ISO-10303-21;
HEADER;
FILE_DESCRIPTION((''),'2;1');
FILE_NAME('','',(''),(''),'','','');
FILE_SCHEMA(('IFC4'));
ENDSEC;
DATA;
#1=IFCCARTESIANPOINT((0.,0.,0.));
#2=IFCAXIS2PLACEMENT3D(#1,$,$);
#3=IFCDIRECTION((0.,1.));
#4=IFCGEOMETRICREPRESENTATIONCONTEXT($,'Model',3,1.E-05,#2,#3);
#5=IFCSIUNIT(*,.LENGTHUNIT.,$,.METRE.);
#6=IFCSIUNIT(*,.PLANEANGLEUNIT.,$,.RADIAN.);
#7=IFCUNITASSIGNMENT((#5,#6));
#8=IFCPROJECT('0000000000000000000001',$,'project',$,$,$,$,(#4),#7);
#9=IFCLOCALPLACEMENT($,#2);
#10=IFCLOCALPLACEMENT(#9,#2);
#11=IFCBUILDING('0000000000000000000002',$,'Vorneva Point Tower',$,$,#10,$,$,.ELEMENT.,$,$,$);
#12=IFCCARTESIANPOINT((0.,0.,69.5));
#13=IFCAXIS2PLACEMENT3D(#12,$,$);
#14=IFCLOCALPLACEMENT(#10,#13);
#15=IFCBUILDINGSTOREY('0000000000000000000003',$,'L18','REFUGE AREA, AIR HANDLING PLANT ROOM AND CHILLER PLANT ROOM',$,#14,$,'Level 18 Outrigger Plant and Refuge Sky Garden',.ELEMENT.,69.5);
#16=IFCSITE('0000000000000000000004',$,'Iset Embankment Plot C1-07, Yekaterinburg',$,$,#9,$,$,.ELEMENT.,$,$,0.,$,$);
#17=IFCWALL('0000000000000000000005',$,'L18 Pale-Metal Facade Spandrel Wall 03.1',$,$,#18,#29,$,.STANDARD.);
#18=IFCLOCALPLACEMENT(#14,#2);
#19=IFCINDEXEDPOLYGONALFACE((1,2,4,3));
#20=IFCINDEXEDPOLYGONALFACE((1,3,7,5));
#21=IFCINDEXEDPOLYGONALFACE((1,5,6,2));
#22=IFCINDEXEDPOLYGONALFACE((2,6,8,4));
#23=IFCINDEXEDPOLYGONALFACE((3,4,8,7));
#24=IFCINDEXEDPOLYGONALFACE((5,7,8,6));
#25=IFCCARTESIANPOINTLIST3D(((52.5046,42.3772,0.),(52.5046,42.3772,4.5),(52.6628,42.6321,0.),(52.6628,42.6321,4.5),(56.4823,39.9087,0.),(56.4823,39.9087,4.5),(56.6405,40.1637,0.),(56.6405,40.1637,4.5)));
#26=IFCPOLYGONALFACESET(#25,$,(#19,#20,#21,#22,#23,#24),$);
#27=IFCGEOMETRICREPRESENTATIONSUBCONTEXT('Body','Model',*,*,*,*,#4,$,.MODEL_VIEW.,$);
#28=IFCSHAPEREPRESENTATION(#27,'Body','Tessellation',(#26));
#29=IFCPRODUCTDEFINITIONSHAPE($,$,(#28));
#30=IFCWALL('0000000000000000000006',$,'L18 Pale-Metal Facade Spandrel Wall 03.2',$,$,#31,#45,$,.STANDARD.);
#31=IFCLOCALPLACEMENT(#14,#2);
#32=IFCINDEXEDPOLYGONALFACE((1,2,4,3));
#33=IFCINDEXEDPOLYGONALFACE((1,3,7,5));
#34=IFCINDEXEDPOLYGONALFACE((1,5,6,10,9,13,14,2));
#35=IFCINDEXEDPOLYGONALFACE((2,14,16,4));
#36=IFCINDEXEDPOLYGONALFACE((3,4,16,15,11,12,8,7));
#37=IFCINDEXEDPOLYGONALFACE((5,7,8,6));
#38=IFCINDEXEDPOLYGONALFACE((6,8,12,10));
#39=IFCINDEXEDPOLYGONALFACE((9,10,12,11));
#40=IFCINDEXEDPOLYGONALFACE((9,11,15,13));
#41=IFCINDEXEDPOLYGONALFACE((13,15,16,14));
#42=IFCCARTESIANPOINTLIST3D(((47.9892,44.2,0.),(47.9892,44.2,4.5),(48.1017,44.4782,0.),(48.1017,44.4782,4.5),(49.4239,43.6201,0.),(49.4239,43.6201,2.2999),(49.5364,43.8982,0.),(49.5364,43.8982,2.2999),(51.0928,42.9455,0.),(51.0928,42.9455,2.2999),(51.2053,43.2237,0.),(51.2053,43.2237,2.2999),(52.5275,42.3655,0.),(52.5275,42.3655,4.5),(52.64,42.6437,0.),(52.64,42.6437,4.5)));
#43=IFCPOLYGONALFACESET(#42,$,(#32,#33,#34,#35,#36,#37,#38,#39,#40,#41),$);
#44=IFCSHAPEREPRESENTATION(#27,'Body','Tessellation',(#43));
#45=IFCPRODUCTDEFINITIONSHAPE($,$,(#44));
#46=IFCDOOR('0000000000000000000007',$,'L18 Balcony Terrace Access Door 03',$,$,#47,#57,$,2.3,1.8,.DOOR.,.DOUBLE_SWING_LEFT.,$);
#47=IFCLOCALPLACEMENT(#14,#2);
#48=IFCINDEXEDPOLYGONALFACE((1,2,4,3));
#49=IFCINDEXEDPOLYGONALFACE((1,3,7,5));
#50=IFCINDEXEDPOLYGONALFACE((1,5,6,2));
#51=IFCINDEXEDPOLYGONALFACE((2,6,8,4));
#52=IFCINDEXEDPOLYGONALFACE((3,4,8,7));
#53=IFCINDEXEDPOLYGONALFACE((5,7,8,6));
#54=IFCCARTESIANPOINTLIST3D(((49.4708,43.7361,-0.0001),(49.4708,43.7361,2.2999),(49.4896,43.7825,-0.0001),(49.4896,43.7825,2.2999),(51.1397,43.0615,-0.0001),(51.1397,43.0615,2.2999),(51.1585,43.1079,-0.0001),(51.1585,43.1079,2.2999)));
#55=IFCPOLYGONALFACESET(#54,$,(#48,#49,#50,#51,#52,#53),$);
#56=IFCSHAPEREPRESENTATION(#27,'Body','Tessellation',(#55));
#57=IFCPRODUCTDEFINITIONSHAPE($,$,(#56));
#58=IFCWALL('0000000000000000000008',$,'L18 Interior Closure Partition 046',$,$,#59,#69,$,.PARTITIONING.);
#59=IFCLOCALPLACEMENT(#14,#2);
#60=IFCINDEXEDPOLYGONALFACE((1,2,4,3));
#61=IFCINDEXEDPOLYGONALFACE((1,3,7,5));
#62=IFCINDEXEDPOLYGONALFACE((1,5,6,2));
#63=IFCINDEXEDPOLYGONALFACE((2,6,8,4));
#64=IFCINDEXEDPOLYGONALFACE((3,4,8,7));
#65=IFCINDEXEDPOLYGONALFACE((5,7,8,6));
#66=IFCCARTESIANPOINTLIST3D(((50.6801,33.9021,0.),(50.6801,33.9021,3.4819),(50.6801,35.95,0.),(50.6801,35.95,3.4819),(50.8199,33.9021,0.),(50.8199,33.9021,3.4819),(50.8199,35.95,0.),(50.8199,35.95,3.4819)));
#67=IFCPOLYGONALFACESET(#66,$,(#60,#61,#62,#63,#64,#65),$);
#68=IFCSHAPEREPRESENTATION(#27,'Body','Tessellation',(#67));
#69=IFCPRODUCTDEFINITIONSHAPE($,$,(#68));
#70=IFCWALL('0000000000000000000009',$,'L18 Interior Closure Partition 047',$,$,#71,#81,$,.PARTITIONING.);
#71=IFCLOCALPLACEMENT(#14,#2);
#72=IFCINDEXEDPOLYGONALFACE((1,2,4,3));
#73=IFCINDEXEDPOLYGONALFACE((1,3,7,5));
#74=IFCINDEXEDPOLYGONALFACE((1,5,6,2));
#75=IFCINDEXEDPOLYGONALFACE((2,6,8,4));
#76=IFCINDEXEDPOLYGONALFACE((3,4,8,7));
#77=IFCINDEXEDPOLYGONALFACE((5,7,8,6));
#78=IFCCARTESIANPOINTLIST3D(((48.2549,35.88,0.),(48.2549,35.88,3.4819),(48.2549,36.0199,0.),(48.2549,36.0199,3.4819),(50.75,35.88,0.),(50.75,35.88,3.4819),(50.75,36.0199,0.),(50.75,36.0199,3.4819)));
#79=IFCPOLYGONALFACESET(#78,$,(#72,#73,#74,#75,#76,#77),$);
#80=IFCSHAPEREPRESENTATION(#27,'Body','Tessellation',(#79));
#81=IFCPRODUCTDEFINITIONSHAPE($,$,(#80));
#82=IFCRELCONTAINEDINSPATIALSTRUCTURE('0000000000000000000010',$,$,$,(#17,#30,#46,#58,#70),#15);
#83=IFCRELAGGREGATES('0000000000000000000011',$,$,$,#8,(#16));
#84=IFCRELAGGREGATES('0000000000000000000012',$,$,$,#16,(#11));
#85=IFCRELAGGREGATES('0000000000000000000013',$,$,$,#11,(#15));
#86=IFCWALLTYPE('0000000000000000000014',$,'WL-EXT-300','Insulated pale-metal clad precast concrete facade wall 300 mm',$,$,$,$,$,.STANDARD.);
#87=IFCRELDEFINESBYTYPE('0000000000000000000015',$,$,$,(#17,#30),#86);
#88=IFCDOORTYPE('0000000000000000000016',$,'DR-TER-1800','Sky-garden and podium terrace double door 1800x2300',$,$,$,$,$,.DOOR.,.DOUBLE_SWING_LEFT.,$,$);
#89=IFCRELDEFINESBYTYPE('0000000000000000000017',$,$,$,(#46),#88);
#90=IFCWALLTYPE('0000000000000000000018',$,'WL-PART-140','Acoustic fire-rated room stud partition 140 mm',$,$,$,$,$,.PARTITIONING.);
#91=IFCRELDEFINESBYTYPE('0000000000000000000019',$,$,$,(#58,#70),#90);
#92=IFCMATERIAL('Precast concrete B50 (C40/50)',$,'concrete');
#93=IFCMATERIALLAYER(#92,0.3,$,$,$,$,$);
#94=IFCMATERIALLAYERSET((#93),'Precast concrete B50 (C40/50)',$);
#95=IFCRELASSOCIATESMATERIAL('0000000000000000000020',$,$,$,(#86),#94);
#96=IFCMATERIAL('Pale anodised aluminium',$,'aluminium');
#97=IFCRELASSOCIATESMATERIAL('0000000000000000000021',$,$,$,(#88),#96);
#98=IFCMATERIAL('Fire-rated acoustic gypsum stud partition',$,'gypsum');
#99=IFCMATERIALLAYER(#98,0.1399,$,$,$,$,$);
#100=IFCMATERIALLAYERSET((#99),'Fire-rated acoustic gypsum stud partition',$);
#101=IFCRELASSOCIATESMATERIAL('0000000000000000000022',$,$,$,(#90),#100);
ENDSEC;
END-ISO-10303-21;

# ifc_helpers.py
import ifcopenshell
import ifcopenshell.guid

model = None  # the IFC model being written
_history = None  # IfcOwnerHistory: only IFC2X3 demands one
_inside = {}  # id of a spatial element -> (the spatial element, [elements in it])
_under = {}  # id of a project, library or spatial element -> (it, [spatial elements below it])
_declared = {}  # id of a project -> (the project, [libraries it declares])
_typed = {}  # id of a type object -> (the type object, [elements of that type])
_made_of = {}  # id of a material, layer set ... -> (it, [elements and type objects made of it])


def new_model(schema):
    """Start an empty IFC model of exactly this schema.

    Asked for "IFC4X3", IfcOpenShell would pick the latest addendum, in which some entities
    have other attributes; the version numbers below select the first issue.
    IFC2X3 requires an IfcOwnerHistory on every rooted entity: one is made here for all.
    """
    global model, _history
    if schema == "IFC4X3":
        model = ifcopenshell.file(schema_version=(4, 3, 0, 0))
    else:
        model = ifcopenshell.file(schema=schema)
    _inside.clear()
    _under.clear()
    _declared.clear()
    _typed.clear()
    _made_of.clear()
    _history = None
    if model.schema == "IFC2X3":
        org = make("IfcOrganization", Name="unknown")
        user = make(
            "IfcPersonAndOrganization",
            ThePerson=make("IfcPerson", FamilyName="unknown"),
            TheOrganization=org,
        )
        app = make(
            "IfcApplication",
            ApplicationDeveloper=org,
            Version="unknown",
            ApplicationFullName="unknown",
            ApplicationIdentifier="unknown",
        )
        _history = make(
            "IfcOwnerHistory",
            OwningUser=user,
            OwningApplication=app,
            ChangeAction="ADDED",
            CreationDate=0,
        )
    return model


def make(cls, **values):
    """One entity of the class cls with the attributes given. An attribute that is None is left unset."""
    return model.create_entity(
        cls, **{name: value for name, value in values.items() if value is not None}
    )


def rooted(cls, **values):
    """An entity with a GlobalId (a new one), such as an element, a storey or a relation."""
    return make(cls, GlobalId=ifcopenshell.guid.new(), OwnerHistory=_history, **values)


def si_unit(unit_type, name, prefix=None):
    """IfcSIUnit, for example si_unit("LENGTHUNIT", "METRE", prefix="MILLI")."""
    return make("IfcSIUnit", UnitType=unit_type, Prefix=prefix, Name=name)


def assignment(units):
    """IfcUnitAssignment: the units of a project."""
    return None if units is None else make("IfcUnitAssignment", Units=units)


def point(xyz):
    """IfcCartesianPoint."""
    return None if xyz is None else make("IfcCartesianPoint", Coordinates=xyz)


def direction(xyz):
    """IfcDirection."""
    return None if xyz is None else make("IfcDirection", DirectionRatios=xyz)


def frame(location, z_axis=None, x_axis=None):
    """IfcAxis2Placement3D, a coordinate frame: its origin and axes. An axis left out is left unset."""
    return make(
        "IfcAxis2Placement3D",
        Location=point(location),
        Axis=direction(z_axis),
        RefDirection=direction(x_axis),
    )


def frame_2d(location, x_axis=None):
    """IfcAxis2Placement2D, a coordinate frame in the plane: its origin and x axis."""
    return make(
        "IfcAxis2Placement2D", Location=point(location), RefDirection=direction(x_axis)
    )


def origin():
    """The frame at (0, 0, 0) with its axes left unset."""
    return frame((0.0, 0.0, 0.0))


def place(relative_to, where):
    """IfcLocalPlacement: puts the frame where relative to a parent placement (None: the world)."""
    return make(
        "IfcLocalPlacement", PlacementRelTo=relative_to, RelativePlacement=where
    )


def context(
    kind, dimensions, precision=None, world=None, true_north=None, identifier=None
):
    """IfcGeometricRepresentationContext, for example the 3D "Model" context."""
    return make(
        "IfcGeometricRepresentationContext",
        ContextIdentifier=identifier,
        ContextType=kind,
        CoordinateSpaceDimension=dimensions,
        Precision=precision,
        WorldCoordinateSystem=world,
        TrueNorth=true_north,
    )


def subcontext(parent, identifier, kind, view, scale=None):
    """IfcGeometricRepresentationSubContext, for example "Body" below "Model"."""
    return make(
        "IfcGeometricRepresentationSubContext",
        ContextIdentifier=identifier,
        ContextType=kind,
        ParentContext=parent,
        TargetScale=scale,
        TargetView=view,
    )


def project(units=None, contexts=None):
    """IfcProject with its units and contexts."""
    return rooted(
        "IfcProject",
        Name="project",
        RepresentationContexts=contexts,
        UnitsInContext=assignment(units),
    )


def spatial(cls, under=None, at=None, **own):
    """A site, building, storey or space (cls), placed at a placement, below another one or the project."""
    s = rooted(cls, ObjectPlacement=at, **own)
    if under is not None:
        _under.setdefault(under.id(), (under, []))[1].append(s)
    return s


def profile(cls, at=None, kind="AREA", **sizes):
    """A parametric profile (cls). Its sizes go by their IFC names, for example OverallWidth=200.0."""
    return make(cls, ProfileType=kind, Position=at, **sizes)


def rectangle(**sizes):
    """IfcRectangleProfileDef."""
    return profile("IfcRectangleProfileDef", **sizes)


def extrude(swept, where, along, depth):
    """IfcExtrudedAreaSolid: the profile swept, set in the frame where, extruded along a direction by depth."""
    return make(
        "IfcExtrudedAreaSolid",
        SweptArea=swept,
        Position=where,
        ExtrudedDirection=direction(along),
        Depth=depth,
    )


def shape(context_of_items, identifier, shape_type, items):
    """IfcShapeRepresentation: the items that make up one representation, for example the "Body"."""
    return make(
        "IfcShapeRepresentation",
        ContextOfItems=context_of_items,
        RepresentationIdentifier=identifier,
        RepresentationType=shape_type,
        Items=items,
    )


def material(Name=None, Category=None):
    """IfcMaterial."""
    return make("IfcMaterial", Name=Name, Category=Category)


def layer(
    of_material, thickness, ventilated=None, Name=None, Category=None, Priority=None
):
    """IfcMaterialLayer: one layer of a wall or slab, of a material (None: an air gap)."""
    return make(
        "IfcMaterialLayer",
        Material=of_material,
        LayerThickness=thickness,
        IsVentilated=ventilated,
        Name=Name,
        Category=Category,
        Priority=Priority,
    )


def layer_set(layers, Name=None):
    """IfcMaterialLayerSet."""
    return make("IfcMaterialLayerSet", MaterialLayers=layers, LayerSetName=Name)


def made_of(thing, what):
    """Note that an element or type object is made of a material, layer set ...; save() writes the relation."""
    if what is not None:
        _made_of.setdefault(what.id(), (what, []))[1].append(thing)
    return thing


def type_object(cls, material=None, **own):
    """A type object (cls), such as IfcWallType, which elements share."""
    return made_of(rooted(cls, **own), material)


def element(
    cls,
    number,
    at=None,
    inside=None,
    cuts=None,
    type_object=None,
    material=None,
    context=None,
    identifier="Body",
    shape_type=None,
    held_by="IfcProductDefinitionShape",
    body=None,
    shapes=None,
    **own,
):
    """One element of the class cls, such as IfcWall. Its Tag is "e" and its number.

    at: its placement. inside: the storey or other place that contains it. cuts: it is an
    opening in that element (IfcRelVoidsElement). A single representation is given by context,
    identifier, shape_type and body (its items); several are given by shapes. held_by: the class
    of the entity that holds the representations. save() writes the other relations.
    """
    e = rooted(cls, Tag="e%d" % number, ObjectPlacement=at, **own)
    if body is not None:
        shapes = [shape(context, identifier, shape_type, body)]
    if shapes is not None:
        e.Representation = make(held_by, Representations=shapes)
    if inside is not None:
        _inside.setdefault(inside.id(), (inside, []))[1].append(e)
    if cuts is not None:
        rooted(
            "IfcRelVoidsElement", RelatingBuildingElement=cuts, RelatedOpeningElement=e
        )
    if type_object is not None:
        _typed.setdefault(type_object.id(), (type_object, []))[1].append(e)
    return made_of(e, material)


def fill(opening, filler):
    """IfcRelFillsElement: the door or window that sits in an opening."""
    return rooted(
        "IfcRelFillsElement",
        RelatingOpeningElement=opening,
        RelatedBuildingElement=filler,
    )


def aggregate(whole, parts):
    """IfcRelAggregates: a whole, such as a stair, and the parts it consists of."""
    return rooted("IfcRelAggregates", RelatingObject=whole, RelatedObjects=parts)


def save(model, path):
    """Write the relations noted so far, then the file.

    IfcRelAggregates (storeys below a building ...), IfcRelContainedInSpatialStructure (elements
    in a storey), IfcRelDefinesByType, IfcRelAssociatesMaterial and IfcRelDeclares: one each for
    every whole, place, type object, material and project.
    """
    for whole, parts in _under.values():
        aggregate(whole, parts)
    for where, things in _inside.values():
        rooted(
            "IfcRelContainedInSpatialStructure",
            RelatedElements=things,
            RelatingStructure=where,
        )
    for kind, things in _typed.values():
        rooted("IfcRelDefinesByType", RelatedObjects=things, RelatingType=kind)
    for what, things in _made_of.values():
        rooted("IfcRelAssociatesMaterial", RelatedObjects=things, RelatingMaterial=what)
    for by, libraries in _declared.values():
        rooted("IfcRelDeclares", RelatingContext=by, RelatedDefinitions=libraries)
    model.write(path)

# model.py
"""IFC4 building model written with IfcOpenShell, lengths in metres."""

from ifc_helpers import new_model, si_unit, direction, frame, frame_2d, origin, place, context, subcontext, project, spatial, rectangle, extrude, material, layer, layer_set, type_object, element, fill, save


model = new_model("IFC4")

# Units and contexts
model_context = context("Model", 3, precision=1e-05, world=origin(), true_north=direction((0.0, 1.0)))
body_context = subcontext(model_context, "Body", "Model", "MODEL_VIEW")
ifc_project = project(units=[si_unit("LENGTHUNIT", "METRE"), si_unit("PLANEANGLEUNIT", "RADIAN")], contexts=[model_context])

# Site, building, storey
site_placement = place(None, origin())
site = spatial("IfcSite", under=ifc_project, at=site_placement, Name="Iset Embankment Plot C1-07, Yekaterinburg", CompositionType="ELEMENT", RefElevation=0.0)
building_placement = place(site_placement, origin())
building = spatial("IfcBuilding", under=site, at=building_placement, Name="Vorneva Point Tower", CompositionType="ELEMENT")
storey_placement = place(building_placement, frame((0.0, 0.0, 69.5)))
storey = spatial("IfcBuildingStorey", under=building, at=storey_placement, Name="L18", Description="REFUGE AREA, AIR HANDLING PLANT ROOM AND CHILLER PLANT ROOM", LongName="Level 18 Outrigger Plant and Refuge Sky Garden", CompositionType="ELEMENT", Elevation=69.5)

# Wall
ifc_material_1 = material(Name="Precast concrete B50 (C40/50)", Category="concrete")
ifc_layer_1 = layer(ifc_material_1, 0.3)
ifc_layer_set_1 = layer_set([ifc_layer_1], Name="Precast concrete B50 (C40/50)")
wall_type_1 = type_object("IfcWallType", Name="WL-EXT-300", Description="Insulated pale-metal clad precast concrete facade wall 300 mm", PredefinedType="STANDARD", material=ifc_layer_set_1)
wall_1_placement = place(storey_placement, frame((56.5615, 40.0361, 0.0), z_axis=(0.0, 0.0, 1.0), x_axis=(-0.849684, 0.527291, 0.0)))
element("IfcWall", 1, at=wall_1_placement, inside=storey, type_object=wall_type_1, Name="L18 Pale-Metal Facade Spandrel Wall 03.1", PredefinedType="STANDARD", context=body_context, shape_type="SweptSolid", body=[
    extrude(rectangle(XDim=4.6814, YDim=0.3, at=frame_2d((2.3408, 0.0))), origin(), (0.0, 0.0, 1.0), 4.5),
])

# Wall, opening, door
wall_2_placement = place(storey_placement, frame((52.5837, 42.5046, 0.0), z_axis=(0.0, 0.0, 1.0), x_axis=(-0.927122, 0.374759, 0.0)))
wall_2 = element("IfcWall", 2, at=wall_2_placement, inside=storey, type_object=wall_type_1, Name="L18 Pale-Metal Facade Spandrel Wall 03.2", PredefinedType="STANDARD", context=body_context, shape_type="SweptSolid", body=[
    extrude(rectangle(XDim=4.895, YDim=0.3, at=frame_2d((2.4475, 0.0))), origin(), (0.0, 0.0, 1.0), 4.5),
])
opening_placement = place(wall_2_placement, frame((1.5476, 0.0, 0.0)))
opening = element("IfcOpeningElement", 3, at=opening_placement, cuts=wall_2, PredefinedType="OPENING", context=body_context, shape_type="SweptSolid", body=[
    extrude(rectangle(XDim=1.8, YDim=2.3, at=frame_2d((0.8999, 1.1499))), frame((0.0, 0.165, 0.0), z_axis=(0.0, -1.0, 0.0), x_axis=(1.0, 0.0, 0.0)), (0.0, 0.0, 1.0), 0.3298),
])
ifc_material_2 = material(Name="Pale anodised aluminium", Category="aluminium")
door_type = type_object("IfcDoorType", Name="DR-TER-1800", Description="Sky-garden and podium terrace double door 1800x2300", OperationType="DOUBLE_SWING_LEFT", PredefinedType="DOOR", material=ifc_material_2)
door_placement = place(opening_placement, origin())
door = element("IfcDoor", 4, at=door_placement, inside=storey, type_object=door_type, Name="L18 Balcony Terrace Access Door 03", OperationType="DOUBLE_SWING_LEFT", OverallHeight=2.3, OverallWidth=1.8, PredefinedType="DOOR", context=body_context, shape_type="SweptSolid", body=[
    extrude(rectangle(XDim=1.8, YDim=2.3, at=frame_2d((0.8999, 1.1499))), frame((0.0, 0.0249, 0.0), z_axis=(0.0, -1.0, 0.0), x_axis=(1.0, 0.0, 0.0)), (0.0, 0.0, 1.0), 0.05),
])
fill(opening, door)

# Walls
ifc_material_3 = material(Name="Fire-rated acoustic gypsum stud partition", Category="gypsum")
ifc_layer_2 = layer(ifc_material_3, 0.1399)
ifc_layer_set_2 = layer_set([ifc_layer_2], Name="Fire-rated acoustic gypsum stud partition")
wall_type_2 = type_object("IfcWallType", Name="WL-PART-140", Description="Acoustic fire-rated room stud partition 140 mm", PredefinedType="PARTITIONING", material=ifc_layer_set_2)
wall_3_placement = place(storey_placement, frame((50.75, 33.9021, 0.0), z_axis=(0.0, 0.0, 1.0), x_axis=(0.0, 1.0, 0.0)))
element("IfcWall", 5, at=wall_3_placement, inside=storey, type_object=wall_type_2, Name="L18 Interior Closure Partition 046", PredefinedType="PARTITIONING", context=body_context, shape_type="SweptSolid", body=[
    extrude(rectangle(XDim=2.0479, YDim=0.1399, at=frame_2d((1.0239, 0.0))), origin(), (0.0, 0.0, 1.0), 3.4819),
])
wall_4_placement = place(storey_placement, frame((50.75, 35.95, 0.0), z_axis=(0.0, 0.0, 1.0), x_axis=(-1.0, 0.0, 0.0)))
element("IfcWall", 6, at=wall_4_placement, inside=storey, type_object=wall_type_2, Name="L18 Interior Closure Partition 047", PredefinedType="PARTITIONING", context=body_context, shape_type="SweptSolid", body=[
    extrude(rectangle(XDim=2.4951, YDim=0.1399, at=frame_2d((1.2476, 0.0))), origin(), (0.0, 0.0, 1.0), 3.4819),
])

save(model, "model.ifc")
